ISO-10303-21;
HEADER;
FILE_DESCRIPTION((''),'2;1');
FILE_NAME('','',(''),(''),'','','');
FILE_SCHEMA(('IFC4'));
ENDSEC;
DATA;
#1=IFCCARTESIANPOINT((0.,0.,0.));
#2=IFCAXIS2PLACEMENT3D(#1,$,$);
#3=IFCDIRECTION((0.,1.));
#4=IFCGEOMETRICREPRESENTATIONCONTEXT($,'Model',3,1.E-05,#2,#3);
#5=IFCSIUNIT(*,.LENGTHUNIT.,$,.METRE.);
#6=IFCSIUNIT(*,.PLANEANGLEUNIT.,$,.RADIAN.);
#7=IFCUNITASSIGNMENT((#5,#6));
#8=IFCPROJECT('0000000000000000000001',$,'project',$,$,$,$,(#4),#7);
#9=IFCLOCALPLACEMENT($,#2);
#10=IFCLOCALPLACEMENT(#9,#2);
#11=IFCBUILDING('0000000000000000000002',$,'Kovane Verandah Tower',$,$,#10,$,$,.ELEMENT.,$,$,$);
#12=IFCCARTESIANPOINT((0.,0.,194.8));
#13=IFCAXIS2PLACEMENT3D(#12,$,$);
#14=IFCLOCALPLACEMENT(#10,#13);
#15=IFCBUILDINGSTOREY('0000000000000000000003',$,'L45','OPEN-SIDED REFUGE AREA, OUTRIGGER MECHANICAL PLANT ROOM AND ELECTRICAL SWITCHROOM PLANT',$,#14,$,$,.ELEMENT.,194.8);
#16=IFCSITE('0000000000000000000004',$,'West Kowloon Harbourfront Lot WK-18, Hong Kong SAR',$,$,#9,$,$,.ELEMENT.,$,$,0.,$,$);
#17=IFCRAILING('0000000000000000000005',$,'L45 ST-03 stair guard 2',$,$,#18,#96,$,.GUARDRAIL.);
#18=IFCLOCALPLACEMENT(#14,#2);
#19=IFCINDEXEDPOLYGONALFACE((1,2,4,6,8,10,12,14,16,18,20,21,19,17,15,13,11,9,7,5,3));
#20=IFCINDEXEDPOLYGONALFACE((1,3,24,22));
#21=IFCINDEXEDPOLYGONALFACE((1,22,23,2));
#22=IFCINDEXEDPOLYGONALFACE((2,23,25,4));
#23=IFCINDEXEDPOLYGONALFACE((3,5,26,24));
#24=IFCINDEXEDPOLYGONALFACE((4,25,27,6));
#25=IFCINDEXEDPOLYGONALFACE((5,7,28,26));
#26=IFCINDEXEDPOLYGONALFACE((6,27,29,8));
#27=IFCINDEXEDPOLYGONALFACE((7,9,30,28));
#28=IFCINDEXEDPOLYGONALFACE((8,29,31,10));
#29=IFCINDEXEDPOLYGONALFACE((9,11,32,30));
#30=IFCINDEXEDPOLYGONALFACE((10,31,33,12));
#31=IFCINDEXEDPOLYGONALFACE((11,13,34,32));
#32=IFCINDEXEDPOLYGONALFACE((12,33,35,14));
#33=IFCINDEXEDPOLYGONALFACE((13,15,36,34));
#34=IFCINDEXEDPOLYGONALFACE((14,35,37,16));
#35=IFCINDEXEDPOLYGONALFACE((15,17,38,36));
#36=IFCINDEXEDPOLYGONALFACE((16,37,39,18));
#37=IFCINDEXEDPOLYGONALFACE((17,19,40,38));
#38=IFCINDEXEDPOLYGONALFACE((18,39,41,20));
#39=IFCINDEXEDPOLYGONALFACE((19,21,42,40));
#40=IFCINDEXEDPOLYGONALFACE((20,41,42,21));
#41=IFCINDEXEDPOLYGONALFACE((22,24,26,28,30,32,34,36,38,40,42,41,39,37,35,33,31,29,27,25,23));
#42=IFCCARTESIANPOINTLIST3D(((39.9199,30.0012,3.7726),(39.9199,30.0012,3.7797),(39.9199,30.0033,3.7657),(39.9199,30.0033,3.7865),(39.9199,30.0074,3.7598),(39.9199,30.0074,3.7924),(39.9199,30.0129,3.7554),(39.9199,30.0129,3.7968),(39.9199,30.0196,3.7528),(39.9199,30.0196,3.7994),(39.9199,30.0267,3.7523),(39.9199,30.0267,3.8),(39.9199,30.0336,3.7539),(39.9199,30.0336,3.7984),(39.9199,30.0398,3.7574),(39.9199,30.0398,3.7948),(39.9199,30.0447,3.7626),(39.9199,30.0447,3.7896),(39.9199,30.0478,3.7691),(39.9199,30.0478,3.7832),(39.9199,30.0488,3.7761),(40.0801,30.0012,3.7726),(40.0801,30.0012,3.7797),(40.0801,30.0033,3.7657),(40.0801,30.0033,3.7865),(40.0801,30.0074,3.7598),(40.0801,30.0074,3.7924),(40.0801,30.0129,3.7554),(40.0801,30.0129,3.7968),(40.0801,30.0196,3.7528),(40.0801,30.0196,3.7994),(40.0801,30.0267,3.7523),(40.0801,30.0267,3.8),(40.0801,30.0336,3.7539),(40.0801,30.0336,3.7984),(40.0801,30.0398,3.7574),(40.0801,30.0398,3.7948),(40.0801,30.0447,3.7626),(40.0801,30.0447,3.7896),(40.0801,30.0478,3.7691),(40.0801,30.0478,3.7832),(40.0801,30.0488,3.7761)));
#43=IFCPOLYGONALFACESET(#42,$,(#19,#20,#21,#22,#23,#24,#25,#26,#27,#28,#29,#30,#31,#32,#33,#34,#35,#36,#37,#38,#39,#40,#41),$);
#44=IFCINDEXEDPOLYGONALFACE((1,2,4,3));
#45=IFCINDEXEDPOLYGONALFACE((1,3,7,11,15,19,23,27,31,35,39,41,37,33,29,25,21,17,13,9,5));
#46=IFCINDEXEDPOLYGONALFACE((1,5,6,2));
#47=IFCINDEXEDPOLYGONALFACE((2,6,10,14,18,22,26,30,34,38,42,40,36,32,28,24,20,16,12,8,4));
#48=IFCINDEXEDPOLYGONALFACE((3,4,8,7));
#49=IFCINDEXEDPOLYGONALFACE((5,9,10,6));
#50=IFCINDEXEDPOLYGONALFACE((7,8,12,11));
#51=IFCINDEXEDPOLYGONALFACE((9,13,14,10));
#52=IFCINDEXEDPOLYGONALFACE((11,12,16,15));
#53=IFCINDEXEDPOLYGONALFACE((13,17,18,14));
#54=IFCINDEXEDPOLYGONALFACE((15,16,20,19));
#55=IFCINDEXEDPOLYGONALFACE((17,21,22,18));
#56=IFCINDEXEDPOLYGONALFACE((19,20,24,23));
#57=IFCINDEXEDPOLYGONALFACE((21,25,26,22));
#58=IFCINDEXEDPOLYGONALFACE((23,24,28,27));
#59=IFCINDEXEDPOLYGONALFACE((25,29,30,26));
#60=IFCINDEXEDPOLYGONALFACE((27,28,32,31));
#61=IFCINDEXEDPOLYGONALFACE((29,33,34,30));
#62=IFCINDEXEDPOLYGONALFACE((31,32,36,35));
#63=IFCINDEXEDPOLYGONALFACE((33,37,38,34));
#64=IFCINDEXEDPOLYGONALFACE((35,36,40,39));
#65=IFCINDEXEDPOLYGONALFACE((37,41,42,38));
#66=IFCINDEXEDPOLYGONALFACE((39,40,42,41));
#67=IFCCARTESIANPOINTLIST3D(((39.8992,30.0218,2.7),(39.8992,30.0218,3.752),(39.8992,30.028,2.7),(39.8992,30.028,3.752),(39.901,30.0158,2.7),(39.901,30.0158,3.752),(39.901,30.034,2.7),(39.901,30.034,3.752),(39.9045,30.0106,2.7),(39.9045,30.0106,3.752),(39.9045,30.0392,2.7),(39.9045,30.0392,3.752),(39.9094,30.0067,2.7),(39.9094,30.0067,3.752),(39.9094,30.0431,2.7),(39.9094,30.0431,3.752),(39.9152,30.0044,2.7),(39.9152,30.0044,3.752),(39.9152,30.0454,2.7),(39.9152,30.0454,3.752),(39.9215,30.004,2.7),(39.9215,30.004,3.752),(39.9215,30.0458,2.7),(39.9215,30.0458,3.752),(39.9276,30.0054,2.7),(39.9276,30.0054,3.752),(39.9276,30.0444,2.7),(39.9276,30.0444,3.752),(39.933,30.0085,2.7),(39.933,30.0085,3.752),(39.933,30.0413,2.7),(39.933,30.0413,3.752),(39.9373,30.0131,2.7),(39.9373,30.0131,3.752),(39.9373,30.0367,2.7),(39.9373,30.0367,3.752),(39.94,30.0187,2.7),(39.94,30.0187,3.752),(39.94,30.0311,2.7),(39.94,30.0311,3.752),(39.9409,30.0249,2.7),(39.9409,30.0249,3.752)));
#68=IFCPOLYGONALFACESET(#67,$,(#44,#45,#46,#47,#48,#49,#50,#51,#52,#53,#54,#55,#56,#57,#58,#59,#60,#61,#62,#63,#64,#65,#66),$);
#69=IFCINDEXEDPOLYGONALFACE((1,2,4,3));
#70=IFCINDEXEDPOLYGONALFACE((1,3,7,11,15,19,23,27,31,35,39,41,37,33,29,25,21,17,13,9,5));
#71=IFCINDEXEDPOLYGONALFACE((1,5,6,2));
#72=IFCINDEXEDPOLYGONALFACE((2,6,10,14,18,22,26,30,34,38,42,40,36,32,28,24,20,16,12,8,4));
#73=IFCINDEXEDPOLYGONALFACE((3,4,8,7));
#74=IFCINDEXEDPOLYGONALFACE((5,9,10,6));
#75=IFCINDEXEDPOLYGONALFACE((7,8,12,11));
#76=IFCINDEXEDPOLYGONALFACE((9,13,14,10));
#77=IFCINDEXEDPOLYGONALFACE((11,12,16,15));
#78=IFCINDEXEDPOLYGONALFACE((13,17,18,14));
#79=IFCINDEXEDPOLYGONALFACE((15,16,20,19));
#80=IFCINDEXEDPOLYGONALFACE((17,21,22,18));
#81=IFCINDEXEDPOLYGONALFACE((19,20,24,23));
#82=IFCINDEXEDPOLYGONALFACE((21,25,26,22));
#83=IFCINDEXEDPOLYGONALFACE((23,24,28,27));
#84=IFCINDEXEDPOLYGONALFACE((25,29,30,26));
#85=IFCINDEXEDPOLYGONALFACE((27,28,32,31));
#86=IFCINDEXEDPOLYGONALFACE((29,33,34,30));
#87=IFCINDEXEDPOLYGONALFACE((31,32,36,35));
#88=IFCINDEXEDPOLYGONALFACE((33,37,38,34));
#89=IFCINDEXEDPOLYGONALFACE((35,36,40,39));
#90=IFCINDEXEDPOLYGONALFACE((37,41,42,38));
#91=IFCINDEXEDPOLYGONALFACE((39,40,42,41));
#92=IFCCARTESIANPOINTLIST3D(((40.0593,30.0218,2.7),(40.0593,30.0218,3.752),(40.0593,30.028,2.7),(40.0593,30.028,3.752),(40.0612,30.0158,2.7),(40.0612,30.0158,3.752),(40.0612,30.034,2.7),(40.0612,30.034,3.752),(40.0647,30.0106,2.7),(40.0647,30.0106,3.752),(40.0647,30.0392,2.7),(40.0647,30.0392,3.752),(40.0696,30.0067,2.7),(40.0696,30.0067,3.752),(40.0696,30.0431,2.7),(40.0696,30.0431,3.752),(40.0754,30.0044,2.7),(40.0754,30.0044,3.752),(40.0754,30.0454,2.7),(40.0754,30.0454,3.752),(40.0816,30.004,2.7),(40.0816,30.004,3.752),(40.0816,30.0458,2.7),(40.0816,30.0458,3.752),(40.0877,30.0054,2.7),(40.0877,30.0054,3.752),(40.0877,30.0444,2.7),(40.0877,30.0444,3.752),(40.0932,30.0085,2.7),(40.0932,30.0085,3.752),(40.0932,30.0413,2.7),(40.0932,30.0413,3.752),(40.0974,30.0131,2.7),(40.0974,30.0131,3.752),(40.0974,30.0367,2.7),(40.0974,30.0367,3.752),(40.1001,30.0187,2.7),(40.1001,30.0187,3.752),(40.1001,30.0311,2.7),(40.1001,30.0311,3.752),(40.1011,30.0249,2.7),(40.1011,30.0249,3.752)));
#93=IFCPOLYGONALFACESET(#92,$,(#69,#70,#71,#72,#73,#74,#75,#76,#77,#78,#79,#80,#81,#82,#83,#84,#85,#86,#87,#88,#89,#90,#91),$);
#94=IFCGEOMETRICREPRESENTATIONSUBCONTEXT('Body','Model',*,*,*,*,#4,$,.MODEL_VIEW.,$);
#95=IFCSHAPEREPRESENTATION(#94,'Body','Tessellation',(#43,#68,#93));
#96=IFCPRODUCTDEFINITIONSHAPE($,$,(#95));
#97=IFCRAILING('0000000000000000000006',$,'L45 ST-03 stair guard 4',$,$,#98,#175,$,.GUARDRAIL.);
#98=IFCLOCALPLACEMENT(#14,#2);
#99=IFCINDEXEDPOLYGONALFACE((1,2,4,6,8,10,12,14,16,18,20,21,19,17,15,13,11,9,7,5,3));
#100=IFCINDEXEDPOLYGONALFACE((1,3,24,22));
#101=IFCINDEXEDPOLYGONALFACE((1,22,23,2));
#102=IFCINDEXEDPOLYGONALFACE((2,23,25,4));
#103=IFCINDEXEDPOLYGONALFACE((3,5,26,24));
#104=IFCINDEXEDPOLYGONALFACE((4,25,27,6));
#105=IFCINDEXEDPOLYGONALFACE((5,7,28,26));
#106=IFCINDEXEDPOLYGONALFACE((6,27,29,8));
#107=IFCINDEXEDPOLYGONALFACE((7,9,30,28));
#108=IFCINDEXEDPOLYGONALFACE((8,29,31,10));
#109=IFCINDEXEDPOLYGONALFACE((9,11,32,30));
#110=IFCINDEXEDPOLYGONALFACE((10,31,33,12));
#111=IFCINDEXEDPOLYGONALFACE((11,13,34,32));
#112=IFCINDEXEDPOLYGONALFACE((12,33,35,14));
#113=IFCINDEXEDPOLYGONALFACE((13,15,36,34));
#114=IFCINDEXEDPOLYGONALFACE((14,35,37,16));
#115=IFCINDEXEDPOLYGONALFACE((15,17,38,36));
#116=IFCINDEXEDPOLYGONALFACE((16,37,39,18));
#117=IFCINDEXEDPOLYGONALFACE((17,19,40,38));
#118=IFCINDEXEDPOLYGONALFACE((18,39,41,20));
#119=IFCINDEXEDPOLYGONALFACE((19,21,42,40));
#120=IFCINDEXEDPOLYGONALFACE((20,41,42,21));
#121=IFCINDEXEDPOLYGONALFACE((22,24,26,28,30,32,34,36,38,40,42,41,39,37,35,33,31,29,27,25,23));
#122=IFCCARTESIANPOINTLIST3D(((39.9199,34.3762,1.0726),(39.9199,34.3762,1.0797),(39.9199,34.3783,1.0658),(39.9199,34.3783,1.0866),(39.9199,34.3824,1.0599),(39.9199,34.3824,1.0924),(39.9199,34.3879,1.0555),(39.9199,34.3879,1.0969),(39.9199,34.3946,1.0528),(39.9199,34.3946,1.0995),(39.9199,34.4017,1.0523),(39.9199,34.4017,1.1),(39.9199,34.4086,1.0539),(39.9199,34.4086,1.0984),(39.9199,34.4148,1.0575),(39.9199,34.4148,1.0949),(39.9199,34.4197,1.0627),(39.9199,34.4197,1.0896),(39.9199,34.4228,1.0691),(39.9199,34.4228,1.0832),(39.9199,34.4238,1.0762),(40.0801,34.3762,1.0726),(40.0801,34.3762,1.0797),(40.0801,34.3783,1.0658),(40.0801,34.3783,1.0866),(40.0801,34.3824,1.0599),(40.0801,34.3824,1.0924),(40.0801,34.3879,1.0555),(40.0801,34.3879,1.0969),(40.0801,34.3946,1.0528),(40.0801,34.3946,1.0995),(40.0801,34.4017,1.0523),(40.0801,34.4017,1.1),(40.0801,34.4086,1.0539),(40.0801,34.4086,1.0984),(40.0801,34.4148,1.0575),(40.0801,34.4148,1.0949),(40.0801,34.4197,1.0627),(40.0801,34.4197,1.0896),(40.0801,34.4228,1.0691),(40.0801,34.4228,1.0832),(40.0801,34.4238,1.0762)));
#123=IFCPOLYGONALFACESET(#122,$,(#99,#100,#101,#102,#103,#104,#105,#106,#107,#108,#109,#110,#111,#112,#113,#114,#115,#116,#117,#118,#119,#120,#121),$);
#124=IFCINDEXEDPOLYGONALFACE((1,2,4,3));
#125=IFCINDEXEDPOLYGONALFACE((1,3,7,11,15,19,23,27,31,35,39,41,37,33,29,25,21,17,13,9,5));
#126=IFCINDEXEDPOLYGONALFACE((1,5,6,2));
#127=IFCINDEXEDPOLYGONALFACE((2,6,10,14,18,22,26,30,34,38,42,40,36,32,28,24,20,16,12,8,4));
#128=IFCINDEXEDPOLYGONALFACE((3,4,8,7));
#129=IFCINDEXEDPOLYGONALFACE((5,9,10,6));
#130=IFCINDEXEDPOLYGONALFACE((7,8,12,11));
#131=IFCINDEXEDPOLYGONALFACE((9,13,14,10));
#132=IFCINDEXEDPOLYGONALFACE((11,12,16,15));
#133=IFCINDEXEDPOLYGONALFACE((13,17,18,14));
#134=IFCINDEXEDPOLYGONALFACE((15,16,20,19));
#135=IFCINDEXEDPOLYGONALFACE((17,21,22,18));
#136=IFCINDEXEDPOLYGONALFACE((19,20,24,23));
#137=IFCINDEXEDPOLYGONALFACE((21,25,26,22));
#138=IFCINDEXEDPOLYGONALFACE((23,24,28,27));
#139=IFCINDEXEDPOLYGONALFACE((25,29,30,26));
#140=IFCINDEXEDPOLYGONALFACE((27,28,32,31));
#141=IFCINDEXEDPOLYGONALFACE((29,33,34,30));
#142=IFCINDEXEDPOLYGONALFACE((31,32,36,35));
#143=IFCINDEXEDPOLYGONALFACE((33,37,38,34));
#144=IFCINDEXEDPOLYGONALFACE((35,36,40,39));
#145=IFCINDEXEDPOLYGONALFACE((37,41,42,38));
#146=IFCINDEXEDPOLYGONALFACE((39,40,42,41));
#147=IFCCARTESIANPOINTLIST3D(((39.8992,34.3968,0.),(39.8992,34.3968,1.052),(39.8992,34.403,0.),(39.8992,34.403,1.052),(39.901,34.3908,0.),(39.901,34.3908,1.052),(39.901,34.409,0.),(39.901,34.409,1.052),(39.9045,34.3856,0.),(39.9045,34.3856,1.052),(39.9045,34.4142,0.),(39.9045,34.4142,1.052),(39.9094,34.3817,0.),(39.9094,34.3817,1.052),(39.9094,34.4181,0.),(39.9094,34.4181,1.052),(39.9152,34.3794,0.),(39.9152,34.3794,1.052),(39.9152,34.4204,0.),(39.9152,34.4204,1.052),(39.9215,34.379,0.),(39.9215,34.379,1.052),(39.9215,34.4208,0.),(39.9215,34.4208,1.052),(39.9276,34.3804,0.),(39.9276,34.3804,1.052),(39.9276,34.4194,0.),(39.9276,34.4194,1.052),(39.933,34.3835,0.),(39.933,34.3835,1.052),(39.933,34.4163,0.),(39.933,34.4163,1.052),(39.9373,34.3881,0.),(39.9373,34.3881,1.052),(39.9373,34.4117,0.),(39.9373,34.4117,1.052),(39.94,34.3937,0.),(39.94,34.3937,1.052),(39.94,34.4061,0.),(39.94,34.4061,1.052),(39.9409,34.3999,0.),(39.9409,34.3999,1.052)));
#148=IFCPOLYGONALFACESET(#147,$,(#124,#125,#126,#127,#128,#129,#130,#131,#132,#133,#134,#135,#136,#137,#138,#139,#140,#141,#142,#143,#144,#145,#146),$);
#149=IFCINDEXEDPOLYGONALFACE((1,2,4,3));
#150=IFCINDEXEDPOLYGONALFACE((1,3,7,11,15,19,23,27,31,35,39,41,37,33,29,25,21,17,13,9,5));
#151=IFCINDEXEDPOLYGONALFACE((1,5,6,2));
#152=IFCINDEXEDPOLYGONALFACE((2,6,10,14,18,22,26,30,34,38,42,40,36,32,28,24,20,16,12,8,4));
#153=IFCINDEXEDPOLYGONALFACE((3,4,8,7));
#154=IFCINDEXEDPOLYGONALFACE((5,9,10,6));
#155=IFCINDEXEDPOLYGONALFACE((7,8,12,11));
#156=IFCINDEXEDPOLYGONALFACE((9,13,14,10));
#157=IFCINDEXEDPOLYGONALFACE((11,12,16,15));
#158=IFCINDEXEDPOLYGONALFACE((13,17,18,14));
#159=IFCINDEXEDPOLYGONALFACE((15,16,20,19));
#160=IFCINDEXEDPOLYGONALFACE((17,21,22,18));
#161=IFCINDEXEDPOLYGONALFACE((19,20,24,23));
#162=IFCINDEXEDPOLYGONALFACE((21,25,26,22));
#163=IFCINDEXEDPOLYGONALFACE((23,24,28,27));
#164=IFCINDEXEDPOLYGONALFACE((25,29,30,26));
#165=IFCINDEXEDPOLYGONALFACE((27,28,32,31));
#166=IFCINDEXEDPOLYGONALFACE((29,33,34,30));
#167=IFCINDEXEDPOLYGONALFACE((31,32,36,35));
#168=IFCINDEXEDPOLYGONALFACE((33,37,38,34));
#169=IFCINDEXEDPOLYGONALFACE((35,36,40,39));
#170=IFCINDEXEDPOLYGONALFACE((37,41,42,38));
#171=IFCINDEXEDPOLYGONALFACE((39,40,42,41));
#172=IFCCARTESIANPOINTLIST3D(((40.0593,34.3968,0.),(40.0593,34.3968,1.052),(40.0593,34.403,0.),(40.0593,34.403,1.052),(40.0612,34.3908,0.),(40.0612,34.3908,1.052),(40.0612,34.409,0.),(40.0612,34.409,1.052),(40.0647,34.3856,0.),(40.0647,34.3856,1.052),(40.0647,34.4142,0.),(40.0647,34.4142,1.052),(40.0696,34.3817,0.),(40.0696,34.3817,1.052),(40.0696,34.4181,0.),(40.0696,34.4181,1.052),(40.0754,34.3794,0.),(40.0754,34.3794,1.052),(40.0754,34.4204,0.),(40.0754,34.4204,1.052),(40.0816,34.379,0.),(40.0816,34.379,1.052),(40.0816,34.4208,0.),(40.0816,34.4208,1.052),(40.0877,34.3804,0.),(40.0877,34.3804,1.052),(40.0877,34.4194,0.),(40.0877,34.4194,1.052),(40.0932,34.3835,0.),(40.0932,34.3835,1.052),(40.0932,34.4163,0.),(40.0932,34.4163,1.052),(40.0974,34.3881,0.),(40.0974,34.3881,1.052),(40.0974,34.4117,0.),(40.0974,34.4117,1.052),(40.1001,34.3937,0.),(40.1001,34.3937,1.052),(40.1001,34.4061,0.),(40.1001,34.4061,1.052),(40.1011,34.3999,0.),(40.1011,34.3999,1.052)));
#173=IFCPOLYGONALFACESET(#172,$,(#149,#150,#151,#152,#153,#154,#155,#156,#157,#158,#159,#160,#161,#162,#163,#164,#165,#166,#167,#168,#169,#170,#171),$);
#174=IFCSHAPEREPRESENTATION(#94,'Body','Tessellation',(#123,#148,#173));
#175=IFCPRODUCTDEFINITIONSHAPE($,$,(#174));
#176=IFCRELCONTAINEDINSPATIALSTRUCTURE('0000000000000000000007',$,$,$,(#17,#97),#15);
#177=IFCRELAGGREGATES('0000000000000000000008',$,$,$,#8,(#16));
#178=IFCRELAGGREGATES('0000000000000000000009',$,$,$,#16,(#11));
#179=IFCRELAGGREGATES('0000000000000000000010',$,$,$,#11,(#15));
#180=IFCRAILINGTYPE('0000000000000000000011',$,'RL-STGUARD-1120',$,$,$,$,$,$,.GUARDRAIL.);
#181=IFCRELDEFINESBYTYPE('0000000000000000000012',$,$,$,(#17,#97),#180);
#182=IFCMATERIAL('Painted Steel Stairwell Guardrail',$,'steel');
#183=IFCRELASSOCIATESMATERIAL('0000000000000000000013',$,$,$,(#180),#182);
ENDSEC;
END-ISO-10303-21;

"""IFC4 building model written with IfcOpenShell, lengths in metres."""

from ifc_helpers import new_model, si_unit, direction, frame, origin, origin_2d, place, context, subcontext, project, spatial, circle, extrude, material, type_object, element, save


model = new_model("IFC4")

# Units and contexts
model_context = context("Model", 3, precision=1e-05, world=origin(), true_north=direction((0.0, 1.0)))
body_context = subcontext(model_context, "Body", "Model", "MODEL_VIEW")
ifc_project = project(units=[si_unit("LENGTHUNIT", "METRE"), si_unit("PLANEANGLEUNIT", "RADIAN")], contexts=[model_context])

# Site, building, storey
site_placement = place(None, origin())
site = spatial("IfcSite", under=ifc_project, at=site_placement, Name="West Kowloon Harbourfront Lot WK-18, Hong Kong SAR", CompositionType="ELEMENT", RefElevation=0.0)
building_placement = place(site_placement, origin())
building = spatial("IfcBuilding", under=site, at=building_placement, Name="Kovane Verandah Tower", CompositionType="ELEMENT")
storey_placement = place(building_placement, frame((0.0, 0.0, 194.8)))
storey = spatial("IfcBuildingStorey", under=building, at=storey_placement, Name="L45", Description="OPEN-SIDED REFUGE AREA, OUTRIGGER MECHANICAL PLANT ROOM AND ELECTRICAL SWITCHROOM PLANT", CompositionType="ELEMENT", Elevation=194.8)

# Railings
ifc_material_1 = material(Name="Painted Steel Stairwell Guardrail", Category="steel")
railing_type_1 = type_object("IfcRailingType", Name="RL-STGUARD-1120", PredefinedType="GUARDRAIL", material=ifc_material_1)
for number, where, name in (
    (1, (39.9199, 30.0249, 2.7), "L45 ST-03 stair guard 2"),
    (2, (39.9199, 34.3999, 0.0), "L45 ST-03 stair guard 4"),
):
    element("IfcRailing", number, at=place(storey_placement, frame(where)), inside=storey, type_object=railing_type_1, Name=name, PredefinedType="GUARDRAIL", context=body_context, shape_type="SweptSolid", body=[
        extrude(circle(Radius=0.0239, at=origin_2d()), frame((0.0, 0.0, 1.0762), z_axis=(1.0, 0.0, 0.0), x_axis=(0.0, 1.0, 0.0)), (0.0, 0.0, 1.0), 0.1602),
        extrude(circle(Radius=0.021, at=origin_2d()), origin(), (0.0, 0.0, 1.0), 1.052),
        extrude(circle(Radius=0.021, at=origin_2d()), frame((0.1602, 0.0, 0.0)), (0.0, 0.0, 1.0), 1.052),
    ])

save(model, "model.ifc")
